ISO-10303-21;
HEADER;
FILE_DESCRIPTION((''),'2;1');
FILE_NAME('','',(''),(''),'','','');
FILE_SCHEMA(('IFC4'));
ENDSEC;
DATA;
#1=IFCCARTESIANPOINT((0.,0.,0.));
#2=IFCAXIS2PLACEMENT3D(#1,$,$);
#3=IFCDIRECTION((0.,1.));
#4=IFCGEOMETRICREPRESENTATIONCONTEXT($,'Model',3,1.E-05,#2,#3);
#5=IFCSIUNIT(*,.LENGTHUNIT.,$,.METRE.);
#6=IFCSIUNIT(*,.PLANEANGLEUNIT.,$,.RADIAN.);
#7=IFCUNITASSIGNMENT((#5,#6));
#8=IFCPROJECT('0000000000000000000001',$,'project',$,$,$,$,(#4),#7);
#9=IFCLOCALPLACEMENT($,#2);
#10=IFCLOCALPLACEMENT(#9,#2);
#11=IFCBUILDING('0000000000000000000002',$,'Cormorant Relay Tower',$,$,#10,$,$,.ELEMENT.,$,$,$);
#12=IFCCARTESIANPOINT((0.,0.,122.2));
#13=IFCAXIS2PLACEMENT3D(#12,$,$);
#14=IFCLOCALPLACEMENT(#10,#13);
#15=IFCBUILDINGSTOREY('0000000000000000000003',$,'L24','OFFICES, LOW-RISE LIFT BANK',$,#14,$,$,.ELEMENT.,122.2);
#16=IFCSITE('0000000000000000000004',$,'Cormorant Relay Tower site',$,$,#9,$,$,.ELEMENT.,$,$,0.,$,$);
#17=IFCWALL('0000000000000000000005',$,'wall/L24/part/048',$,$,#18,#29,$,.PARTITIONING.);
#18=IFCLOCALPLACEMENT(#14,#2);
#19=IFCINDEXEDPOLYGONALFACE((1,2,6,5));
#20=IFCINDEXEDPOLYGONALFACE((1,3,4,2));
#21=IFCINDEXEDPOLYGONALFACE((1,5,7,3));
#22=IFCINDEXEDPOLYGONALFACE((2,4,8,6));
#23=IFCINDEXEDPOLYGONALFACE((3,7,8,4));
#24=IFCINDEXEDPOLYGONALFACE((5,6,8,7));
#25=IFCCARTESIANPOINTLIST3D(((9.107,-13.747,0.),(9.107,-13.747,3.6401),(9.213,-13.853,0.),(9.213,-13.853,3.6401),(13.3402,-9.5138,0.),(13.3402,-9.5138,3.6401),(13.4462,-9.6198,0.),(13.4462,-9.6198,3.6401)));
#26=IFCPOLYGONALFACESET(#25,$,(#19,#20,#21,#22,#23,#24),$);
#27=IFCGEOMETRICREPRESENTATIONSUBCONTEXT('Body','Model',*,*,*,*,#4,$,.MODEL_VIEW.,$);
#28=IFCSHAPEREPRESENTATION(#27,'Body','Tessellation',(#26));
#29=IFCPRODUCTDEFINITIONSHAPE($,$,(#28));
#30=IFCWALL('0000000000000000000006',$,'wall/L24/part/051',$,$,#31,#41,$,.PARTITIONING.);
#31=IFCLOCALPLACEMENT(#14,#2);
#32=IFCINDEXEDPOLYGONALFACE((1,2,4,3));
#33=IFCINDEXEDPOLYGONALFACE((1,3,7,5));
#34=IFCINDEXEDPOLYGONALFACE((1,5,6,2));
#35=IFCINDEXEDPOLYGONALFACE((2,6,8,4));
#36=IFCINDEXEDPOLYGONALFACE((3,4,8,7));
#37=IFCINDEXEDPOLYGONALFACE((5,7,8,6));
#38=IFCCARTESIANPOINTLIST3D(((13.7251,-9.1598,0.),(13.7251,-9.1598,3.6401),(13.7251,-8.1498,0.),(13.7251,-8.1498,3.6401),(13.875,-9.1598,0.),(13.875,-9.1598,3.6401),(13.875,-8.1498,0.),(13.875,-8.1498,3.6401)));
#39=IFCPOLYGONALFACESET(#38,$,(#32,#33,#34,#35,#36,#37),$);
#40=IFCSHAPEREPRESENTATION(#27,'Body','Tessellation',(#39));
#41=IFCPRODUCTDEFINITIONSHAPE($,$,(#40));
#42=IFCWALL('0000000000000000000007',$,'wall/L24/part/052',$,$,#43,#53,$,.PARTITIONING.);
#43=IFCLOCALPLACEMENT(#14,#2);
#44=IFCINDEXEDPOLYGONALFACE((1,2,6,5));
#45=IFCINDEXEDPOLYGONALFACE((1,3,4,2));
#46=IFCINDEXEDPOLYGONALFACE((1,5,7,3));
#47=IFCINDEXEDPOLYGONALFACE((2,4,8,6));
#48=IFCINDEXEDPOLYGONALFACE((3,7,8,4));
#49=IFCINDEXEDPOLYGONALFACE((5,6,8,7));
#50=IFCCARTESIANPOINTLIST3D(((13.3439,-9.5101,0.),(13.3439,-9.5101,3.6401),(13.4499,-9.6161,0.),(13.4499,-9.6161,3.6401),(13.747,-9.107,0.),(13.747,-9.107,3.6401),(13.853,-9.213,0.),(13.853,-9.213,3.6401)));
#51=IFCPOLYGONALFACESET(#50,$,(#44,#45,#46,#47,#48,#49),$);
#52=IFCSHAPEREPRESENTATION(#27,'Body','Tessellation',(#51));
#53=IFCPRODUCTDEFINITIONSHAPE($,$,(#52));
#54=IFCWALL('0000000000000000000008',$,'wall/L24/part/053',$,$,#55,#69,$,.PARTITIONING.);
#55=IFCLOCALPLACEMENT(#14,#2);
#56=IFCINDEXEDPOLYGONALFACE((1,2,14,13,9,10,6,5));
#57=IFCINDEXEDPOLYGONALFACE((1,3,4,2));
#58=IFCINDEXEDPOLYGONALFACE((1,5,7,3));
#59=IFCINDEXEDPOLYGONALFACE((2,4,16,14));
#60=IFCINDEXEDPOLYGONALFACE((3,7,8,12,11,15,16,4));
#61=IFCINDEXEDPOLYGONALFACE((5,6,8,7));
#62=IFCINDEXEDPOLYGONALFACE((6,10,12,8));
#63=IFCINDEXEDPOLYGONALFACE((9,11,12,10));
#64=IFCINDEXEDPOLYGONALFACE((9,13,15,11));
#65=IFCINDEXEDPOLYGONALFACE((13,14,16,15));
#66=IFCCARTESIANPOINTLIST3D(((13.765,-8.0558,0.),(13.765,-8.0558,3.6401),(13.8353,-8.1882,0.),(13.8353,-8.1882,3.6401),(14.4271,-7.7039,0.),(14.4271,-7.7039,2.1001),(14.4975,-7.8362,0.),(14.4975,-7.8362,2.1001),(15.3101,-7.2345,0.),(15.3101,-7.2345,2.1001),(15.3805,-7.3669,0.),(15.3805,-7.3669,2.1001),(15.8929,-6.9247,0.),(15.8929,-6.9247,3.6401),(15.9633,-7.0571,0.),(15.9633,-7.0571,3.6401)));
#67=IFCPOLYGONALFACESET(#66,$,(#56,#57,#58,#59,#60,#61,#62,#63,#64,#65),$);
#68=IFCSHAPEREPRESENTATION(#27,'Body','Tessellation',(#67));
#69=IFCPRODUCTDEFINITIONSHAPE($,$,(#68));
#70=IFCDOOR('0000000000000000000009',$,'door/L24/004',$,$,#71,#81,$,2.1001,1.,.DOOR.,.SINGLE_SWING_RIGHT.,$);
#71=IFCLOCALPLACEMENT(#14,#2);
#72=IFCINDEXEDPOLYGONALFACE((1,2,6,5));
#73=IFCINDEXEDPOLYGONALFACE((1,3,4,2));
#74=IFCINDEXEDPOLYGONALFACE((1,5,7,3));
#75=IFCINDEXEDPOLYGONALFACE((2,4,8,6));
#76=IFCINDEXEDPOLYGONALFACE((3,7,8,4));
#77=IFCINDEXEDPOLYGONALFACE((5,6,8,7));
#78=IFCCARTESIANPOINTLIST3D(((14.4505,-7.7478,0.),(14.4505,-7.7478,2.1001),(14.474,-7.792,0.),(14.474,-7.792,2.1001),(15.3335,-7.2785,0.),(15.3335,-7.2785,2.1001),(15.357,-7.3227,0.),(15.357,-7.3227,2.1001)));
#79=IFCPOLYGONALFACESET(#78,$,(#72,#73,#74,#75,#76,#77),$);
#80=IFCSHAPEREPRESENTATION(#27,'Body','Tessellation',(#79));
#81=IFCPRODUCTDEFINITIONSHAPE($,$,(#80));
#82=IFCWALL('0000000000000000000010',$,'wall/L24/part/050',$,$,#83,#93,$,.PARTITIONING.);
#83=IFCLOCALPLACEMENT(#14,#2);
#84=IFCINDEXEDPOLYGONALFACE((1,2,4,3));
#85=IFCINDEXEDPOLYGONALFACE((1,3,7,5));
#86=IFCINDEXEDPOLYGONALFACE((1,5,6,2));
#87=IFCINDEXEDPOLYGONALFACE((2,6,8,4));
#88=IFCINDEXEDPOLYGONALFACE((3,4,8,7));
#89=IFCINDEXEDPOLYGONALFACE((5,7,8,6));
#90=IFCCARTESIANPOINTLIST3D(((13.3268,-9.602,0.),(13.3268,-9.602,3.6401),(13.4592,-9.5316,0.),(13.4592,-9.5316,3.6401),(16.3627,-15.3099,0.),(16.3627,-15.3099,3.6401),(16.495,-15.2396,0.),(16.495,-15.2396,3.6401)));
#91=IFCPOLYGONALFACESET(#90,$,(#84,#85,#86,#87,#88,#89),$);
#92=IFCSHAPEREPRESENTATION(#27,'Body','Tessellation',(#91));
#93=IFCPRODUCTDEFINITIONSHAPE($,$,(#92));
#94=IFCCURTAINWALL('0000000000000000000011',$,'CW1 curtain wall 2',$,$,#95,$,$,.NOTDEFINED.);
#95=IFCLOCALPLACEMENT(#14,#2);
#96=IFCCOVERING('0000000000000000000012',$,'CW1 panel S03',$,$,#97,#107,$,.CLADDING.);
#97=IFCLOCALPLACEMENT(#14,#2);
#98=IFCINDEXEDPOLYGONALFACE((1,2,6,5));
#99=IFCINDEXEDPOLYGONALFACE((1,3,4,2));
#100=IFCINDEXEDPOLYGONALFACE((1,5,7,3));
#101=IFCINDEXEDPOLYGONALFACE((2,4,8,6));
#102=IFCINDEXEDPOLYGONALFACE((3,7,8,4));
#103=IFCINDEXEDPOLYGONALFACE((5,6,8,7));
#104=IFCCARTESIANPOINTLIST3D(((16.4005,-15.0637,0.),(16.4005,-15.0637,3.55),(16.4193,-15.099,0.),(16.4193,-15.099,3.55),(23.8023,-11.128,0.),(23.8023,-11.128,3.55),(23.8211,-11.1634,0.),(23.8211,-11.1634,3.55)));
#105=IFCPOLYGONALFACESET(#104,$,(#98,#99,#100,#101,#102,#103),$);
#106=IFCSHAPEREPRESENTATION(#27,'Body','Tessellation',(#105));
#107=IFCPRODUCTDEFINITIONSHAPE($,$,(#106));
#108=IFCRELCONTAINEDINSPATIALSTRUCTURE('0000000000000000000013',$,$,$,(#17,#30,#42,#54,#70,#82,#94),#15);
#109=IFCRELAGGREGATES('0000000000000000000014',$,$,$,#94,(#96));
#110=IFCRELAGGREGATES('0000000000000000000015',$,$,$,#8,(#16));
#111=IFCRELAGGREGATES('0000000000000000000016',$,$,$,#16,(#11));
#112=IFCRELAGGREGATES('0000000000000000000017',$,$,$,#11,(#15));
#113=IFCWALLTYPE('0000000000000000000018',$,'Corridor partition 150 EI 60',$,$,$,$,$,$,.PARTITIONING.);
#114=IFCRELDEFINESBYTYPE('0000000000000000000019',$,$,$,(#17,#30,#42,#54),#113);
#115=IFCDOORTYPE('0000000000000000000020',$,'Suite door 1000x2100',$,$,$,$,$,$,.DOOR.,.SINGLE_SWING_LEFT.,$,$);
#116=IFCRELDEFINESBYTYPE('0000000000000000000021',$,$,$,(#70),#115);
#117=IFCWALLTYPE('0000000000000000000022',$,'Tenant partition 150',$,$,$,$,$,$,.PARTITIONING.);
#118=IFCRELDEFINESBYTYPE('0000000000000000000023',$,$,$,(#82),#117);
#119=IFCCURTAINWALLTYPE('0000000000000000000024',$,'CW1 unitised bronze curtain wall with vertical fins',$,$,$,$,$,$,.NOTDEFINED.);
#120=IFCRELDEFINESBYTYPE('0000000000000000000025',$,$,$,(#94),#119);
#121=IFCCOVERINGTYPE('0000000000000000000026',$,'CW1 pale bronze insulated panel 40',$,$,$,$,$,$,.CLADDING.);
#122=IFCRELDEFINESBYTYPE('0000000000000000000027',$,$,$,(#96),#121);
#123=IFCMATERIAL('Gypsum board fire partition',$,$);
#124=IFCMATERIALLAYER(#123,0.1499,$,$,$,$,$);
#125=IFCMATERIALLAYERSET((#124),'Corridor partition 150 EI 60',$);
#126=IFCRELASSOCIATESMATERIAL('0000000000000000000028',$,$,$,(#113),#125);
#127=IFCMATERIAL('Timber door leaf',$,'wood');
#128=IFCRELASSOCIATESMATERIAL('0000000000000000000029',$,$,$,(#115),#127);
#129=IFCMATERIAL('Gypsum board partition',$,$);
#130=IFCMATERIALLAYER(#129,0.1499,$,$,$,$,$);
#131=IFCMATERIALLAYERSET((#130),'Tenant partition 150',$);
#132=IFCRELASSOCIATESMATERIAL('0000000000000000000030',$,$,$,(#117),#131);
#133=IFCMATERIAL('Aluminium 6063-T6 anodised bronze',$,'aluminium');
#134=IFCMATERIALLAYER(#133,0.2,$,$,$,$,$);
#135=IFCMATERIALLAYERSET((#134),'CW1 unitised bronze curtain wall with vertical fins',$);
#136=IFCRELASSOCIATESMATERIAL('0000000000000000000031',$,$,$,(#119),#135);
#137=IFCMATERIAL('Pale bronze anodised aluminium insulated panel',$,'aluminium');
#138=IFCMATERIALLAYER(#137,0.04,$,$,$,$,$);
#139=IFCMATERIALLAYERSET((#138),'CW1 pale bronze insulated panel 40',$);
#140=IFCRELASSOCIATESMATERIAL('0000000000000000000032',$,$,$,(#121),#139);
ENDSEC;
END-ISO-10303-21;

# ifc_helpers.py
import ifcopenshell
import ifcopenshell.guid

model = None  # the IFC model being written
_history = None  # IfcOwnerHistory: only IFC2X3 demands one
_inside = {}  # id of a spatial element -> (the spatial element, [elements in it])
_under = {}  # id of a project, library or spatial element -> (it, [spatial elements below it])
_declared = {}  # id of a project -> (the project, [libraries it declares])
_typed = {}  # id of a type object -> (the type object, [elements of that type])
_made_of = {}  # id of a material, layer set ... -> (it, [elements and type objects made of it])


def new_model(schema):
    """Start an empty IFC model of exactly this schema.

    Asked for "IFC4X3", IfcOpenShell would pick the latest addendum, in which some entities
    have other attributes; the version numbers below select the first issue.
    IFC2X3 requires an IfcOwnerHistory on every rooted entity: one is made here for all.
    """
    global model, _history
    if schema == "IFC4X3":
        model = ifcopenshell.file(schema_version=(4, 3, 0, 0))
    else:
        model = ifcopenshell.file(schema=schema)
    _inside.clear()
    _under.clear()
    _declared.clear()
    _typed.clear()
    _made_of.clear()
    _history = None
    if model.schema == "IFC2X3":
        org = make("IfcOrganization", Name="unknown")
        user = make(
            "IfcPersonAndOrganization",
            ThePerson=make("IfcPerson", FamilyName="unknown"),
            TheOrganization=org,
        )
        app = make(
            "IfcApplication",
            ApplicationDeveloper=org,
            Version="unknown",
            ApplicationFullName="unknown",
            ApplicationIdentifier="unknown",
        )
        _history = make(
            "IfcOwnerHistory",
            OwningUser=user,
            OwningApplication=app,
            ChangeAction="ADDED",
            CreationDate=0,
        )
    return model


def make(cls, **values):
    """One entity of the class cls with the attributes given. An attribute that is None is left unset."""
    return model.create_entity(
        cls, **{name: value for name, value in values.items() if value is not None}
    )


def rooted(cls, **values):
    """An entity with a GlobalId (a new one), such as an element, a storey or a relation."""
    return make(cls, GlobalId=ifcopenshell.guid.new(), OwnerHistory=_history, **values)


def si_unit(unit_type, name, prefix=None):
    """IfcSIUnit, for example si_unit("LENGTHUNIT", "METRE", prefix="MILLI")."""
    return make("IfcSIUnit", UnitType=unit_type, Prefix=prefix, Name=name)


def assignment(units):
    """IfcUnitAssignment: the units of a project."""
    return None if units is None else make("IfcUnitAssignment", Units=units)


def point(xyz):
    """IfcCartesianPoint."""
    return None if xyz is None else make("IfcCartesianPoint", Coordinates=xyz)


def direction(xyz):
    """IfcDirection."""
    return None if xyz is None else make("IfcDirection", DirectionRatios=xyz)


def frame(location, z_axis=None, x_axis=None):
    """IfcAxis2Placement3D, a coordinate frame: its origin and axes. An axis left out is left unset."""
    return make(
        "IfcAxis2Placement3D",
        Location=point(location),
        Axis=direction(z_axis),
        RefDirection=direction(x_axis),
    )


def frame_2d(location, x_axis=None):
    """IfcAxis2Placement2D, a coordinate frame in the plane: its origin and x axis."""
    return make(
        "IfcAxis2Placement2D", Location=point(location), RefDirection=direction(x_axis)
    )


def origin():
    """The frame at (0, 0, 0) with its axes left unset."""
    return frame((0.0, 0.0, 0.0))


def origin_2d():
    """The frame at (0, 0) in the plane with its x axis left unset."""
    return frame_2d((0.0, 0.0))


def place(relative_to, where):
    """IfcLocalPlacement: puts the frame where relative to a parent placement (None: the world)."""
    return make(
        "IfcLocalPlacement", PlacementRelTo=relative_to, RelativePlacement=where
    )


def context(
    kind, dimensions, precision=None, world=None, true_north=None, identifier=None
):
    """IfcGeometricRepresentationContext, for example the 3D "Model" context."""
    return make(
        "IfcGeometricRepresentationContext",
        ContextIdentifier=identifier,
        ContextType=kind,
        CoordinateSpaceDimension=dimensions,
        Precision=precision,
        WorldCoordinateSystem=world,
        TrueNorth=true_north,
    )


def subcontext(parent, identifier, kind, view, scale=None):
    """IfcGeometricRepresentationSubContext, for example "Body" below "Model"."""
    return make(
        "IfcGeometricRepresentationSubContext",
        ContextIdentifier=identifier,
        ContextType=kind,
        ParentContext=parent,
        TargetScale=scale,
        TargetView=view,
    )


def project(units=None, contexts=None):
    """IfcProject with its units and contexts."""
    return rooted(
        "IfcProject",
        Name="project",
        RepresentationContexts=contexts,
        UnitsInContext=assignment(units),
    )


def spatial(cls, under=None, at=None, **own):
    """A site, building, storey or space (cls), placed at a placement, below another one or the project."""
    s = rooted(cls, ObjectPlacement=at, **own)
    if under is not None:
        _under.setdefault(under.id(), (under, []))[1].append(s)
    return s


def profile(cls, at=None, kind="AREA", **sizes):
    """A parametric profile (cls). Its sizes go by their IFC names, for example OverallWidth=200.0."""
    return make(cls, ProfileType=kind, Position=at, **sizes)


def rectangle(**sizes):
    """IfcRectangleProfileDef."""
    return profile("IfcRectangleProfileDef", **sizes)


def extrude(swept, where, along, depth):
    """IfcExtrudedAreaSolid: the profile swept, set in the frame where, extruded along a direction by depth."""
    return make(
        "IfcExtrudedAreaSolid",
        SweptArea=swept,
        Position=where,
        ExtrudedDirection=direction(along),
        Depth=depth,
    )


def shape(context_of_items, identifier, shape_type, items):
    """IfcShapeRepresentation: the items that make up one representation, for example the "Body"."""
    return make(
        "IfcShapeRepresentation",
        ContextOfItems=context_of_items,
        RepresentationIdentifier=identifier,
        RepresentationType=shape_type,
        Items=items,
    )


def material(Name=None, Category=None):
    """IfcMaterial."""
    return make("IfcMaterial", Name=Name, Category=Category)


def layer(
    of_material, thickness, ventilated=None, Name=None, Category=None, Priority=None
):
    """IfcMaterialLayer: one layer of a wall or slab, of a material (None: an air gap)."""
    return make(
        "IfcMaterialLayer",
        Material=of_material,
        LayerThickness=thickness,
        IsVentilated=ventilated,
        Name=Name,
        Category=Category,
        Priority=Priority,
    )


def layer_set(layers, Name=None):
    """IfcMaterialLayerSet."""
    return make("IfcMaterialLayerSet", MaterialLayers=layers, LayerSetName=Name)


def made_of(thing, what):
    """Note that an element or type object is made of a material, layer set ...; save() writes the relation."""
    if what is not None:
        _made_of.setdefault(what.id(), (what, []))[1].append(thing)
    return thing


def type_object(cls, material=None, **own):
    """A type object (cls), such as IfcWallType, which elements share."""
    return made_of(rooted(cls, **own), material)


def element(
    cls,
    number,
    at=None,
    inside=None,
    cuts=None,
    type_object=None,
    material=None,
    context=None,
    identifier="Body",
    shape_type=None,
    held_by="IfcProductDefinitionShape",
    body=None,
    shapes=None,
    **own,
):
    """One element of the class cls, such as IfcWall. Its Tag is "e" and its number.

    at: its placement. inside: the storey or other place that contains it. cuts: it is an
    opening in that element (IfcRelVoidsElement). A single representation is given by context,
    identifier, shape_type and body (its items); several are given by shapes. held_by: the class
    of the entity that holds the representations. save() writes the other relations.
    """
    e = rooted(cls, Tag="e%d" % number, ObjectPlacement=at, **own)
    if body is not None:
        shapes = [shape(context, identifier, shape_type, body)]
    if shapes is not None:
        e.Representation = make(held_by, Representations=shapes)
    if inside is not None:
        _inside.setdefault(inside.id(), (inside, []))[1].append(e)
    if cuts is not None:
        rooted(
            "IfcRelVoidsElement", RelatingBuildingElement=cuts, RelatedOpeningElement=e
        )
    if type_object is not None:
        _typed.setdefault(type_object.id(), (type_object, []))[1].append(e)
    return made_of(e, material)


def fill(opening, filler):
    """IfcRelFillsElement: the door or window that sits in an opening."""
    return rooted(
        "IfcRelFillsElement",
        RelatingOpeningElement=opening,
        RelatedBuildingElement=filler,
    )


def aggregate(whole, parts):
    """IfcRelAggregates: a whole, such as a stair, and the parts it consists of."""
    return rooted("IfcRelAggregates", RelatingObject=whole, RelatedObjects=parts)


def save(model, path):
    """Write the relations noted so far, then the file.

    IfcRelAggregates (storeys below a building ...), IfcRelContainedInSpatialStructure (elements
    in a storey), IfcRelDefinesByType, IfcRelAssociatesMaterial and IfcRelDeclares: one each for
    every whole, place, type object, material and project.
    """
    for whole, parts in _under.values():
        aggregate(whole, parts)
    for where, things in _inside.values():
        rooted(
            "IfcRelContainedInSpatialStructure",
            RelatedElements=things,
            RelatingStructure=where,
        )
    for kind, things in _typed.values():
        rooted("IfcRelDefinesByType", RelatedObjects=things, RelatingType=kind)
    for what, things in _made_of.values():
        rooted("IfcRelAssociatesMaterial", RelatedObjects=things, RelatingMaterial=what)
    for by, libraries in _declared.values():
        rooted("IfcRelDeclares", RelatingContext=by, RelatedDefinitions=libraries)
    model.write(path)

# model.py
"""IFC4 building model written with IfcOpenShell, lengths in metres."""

from ifc_helpers import new_model, si_unit, direction, frame, frame_2d, origin, origin_2d, place, context, subcontext, project, spatial, rectangle, extrude, material, layer, layer_set, type_object, element, fill, aggregate, save


model = new_model("IFC4")

# Units and contexts
model_context = context("Model", 3, precision=1e-05, world=origin(), true_north=direction((0.0, 1.0)))
body_context = subcontext(model_context, "Body", "Model", "MODEL_VIEW")
ifc_project = project(units=[si_unit("LENGTHUNIT", "METRE"), si_unit("PLANEANGLEUNIT", "RADIAN")], contexts=[model_context])

# Site, building, storey
site_placement = place(None, origin())
site = spatial("IfcSite", under=ifc_project, at=site_placement, Name="Cormorant Relay Tower site", CompositionType="ELEMENT", RefElevation=0.0)
building_placement = place(site_placement, origin())
building = spatial("IfcBuilding", under=site, at=building_placement, Name="Cormorant Relay Tower", CompositionType="ELEMENT")
storey_placement = place(building_placement, frame((0.0, 0.0, 122.2)))
storey = spatial("IfcBuildingStorey", under=building, at=storey_placement, Name="L24", Description="OFFICES, LOW-RISE LIFT BANK", CompositionType="ELEMENT", Elevation=122.2)

# Walls
ifc_material_1 = material(Name="Gypsum board fire partition")
ifc_layer_1 = layer(ifc_material_1, 0.1499)
ifc_layer_set_1 = layer_set([ifc_layer_1], Name="Corridor partition 150 EI 60")
wall_type_1 = type_object("IfcWallType", Name="Corridor partition 150 EI 60", PredefinedType="PARTITIONING", material=ifc_layer_set_1)
wall_1_placement = place(storey_placement, frame((13.3931, -9.5669, 0.0), z_axis=(0.0, 0.0, 1.0), x_axis=(-0.707107, -0.707107, 0.0)))
element("IfcWall", 1, at=wall_1_placement, inside=storey, type_object=wall_type_1, Name="wall/L24/part/048", PredefinedType="PARTITIONING", context=body_context, shape_type="SweptSolid", body=[
    extrude(rectangle(XDim=5.9866, YDim=0.1499, at=frame_2d((2.9932, 0.0))), origin(), (0.0, 0.0, 1.0), 3.6401),
])
wall_2_placement = place(storey_placement, frame((13.8, -8.1499, 0.0), z_axis=(0.0, 0.0, 1.0), x_axis=(0.0, -1.0, 0.0)))
element("IfcWall", 2, at=wall_2_placement, inside=storey, type_object=wall_type_1, Name="wall/L24/part/051", PredefinedType="PARTITIONING", context=body_context, shape_type="SweptSolid", body=[
    extrude(rectangle(XDim=1.01, YDim=0.1499, at=frame_2d((0.5049, 0.0))), origin(), (0.0, 0.0, 1.0), 3.6401),
])
wall_3_placement = place(storey_placement, frame((13.8, -9.1599, 0.0), z_axis=(0.0, 0.0, 1.0), x_axis=(-0.707107, -0.707107, 0.0)))
element("IfcWall", 3, at=wall_3_placement, inside=storey, type_object=wall_type_1, Name="wall/L24/part/052", PredefinedType="PARTITIONING", context=body_context, shape_type="SweptSolid", body=[
    extrude(rectangle(XDim=0.5701, YDim=0.1499, at=frame_2d((0.2852, 0.0))), origin(), (0.0, 0.0, 1.0), 3.6401),
])

# Wall, opening, door
wall_4_placement = place(storey_placement, frame((13.8, -8.1221, 0.0), z_axis=(0.0, 0.0, 1.0), x_axis=(0.883006, 0.469363, 0.0)))
wall_4 = element("IfcWall", 4, at=wall_4_placement, inside=storey, type_object=wall_type_1, Name="wall/L24/part/053", PredefinedType="PARTITIONING", context=body_context, shape_type="SweptSolid", body=[
    extrude(rectangle(XDim=2.4099, YDim=0.1499, at=frame_2d((1.2051, 0.0))), origin(), (0.0, 0.0, 1.0), 3.6401),
])
opening_1_placement = place(wall_4_placement, frame((0.75, 0.0, 0.0)))
opening_1 = element("IfcOpeningElement", 5, at=opening_1_placement, cuts=wall_4, PredefinedType="OPENING", context=body_context, shape_type="SweptSolid", body=[
    extrude(rectangle(XDim=1.0, YDim=2.1001, at=frame_2d((0.5, 1.05))), frame((0.0, 0.085, 0.0), z_axis=(0.0, -1.0, 0.0), x_axis=(1.0, 0.0, 0.0)), (0.0, 0.0, 1.0), 0.1699),
])
ifc_material_2 = material(Name="Timber door leaf", Category="wood")
door_type_1 = type_object("IfcDoorType", Name="Suite door 1000x2100", OperationType="SINGLE_SWING_LEFT", PredefinedType="DOOR", material=ifc_material_2)
door_1_placement = place(opening_1_placement, frame((1.0, 0.0, 0.0), z_axis=(0.0, 0.0, 1.0), x_axis=(-1.0, 0.0, 0.0)))
door_1 = element("IfcDoor", 6, at=door_1_placement, inside=storey, type_object=door_type_1, Name="door/L24/004", OperationType="SINGLE_SWING_RIGHT", OverallHeight=2.1001, OverallWidth=1.0, PredefinedType="DOOR", context=body_context, shape_type="SweptSolid", body=[
    extrude(rectangle(XDim=1.0, YDim=2.1001, at=frame_2d((0.5, 1.05))), frame((0.0, 0.0249, 0.0), z_axis=(0.0, -1.0, 0.0), x_axis=(1.0, 0.0, 0.0)), (0.0, 0.0, 1.0), 0.05),
])
fill(opening_1, door_1)

# Wall
ifc_material_3 = material(Name="Gypsum board partition")
ifc_layer_2 = layer(ifc_material_3, 0.1499)
ifc_layer_set_2 = layer_set([ifc_layer_2], Name="Tenant partition 150")
wall_type_2 = type_object("IfcWallType", Name="Tenant partition 150", PredefinedType="PARTITIONING", material=ifc_layer_set_2)
wall_5_placement = place(storey_placement, frame((13.3931, -9.5669, 0.0), z_axis=(0.0, 0.0, 1.0), x_axis=(0.469579, -0.882891, 0.0)))
element("IfcWall", 7, at=wall_5_placement, inside=storey, type_object=wall_type_2, Name="wall/L24/part/050", PredefinedType="PARTITIONING", context=body_context, shape_type="SweptSolid", body=[
    extrude(rectangle(XDim=6.4651, YDim=0.1499, at=frame_2d((3.2324, 0.0))), origin(), (0.0, 0.0, 1.0), 3.6401),
])

# Curtain wall, covering
ifc_material_4 = material(Name="Aluminium 6063-T6 anodised bronze", Category="aluminium")
ifc_layer_3 = layer(ifc_material_4, 0.2)
ifc_layer_set_3 = layer_set([ifc_layer_3], Name="CW1 unitised bronze curtain wall with vertical fins")
curtain_wall_type = type_object("IfcCurtainWallType", Name="CW1 unitised bronze curtain wall with vertical fins", PredefinedType="NOTDEFINED", material=ifc_layer_set_3)
curtain_wall_placement = place(storey_placement, origin())
curtain_wall = element("IfcCurtainWall", 8, at=curtain_wall_placement, inside=storey, type_object=curtain_wall_type, Name="CW1 curtain wall 2", PredefinedType="NOTDEFINED")
ifc_material_5 = material(Name="Pale bronze anodised aluminium insulated panel", Category="aluminium")
ifc_layer_4 = layer(ifc_material_5, 0.04)
ifc_layer_set_4 = layer_set([ifc_layer_4], Name="CW1 pale bronze insulated panel 40")
covering_type = type_object("IfcCoveringType", Name="CW1 pale bronze insulated panel 40", PredefinedType="CLADDING", material=ifc_layer_set_4)
covering_placement = place(storey_placement, frame((20.1108, -13.1135, 0.0), z_axis=(0.0, 0.0, 1.0), x_axis=(0.882948, 0.469472, 0.0)))
covering = element("IfcCovering", 9, at=covering_placement, type_object=covering_type, Name="CW1 panel S03", PredefinedType="CLADDING", context=body_context, shape_type="SweptSolid", body=[
    extrude(rectangle(XDim=8.3831, YDim=0.04, at=origin_2d()), origin(), (0.0, 0.0, 1.0), 3.55),
])
aggregate(curtain_wall, [covering])

save(model, "model.ifc")
